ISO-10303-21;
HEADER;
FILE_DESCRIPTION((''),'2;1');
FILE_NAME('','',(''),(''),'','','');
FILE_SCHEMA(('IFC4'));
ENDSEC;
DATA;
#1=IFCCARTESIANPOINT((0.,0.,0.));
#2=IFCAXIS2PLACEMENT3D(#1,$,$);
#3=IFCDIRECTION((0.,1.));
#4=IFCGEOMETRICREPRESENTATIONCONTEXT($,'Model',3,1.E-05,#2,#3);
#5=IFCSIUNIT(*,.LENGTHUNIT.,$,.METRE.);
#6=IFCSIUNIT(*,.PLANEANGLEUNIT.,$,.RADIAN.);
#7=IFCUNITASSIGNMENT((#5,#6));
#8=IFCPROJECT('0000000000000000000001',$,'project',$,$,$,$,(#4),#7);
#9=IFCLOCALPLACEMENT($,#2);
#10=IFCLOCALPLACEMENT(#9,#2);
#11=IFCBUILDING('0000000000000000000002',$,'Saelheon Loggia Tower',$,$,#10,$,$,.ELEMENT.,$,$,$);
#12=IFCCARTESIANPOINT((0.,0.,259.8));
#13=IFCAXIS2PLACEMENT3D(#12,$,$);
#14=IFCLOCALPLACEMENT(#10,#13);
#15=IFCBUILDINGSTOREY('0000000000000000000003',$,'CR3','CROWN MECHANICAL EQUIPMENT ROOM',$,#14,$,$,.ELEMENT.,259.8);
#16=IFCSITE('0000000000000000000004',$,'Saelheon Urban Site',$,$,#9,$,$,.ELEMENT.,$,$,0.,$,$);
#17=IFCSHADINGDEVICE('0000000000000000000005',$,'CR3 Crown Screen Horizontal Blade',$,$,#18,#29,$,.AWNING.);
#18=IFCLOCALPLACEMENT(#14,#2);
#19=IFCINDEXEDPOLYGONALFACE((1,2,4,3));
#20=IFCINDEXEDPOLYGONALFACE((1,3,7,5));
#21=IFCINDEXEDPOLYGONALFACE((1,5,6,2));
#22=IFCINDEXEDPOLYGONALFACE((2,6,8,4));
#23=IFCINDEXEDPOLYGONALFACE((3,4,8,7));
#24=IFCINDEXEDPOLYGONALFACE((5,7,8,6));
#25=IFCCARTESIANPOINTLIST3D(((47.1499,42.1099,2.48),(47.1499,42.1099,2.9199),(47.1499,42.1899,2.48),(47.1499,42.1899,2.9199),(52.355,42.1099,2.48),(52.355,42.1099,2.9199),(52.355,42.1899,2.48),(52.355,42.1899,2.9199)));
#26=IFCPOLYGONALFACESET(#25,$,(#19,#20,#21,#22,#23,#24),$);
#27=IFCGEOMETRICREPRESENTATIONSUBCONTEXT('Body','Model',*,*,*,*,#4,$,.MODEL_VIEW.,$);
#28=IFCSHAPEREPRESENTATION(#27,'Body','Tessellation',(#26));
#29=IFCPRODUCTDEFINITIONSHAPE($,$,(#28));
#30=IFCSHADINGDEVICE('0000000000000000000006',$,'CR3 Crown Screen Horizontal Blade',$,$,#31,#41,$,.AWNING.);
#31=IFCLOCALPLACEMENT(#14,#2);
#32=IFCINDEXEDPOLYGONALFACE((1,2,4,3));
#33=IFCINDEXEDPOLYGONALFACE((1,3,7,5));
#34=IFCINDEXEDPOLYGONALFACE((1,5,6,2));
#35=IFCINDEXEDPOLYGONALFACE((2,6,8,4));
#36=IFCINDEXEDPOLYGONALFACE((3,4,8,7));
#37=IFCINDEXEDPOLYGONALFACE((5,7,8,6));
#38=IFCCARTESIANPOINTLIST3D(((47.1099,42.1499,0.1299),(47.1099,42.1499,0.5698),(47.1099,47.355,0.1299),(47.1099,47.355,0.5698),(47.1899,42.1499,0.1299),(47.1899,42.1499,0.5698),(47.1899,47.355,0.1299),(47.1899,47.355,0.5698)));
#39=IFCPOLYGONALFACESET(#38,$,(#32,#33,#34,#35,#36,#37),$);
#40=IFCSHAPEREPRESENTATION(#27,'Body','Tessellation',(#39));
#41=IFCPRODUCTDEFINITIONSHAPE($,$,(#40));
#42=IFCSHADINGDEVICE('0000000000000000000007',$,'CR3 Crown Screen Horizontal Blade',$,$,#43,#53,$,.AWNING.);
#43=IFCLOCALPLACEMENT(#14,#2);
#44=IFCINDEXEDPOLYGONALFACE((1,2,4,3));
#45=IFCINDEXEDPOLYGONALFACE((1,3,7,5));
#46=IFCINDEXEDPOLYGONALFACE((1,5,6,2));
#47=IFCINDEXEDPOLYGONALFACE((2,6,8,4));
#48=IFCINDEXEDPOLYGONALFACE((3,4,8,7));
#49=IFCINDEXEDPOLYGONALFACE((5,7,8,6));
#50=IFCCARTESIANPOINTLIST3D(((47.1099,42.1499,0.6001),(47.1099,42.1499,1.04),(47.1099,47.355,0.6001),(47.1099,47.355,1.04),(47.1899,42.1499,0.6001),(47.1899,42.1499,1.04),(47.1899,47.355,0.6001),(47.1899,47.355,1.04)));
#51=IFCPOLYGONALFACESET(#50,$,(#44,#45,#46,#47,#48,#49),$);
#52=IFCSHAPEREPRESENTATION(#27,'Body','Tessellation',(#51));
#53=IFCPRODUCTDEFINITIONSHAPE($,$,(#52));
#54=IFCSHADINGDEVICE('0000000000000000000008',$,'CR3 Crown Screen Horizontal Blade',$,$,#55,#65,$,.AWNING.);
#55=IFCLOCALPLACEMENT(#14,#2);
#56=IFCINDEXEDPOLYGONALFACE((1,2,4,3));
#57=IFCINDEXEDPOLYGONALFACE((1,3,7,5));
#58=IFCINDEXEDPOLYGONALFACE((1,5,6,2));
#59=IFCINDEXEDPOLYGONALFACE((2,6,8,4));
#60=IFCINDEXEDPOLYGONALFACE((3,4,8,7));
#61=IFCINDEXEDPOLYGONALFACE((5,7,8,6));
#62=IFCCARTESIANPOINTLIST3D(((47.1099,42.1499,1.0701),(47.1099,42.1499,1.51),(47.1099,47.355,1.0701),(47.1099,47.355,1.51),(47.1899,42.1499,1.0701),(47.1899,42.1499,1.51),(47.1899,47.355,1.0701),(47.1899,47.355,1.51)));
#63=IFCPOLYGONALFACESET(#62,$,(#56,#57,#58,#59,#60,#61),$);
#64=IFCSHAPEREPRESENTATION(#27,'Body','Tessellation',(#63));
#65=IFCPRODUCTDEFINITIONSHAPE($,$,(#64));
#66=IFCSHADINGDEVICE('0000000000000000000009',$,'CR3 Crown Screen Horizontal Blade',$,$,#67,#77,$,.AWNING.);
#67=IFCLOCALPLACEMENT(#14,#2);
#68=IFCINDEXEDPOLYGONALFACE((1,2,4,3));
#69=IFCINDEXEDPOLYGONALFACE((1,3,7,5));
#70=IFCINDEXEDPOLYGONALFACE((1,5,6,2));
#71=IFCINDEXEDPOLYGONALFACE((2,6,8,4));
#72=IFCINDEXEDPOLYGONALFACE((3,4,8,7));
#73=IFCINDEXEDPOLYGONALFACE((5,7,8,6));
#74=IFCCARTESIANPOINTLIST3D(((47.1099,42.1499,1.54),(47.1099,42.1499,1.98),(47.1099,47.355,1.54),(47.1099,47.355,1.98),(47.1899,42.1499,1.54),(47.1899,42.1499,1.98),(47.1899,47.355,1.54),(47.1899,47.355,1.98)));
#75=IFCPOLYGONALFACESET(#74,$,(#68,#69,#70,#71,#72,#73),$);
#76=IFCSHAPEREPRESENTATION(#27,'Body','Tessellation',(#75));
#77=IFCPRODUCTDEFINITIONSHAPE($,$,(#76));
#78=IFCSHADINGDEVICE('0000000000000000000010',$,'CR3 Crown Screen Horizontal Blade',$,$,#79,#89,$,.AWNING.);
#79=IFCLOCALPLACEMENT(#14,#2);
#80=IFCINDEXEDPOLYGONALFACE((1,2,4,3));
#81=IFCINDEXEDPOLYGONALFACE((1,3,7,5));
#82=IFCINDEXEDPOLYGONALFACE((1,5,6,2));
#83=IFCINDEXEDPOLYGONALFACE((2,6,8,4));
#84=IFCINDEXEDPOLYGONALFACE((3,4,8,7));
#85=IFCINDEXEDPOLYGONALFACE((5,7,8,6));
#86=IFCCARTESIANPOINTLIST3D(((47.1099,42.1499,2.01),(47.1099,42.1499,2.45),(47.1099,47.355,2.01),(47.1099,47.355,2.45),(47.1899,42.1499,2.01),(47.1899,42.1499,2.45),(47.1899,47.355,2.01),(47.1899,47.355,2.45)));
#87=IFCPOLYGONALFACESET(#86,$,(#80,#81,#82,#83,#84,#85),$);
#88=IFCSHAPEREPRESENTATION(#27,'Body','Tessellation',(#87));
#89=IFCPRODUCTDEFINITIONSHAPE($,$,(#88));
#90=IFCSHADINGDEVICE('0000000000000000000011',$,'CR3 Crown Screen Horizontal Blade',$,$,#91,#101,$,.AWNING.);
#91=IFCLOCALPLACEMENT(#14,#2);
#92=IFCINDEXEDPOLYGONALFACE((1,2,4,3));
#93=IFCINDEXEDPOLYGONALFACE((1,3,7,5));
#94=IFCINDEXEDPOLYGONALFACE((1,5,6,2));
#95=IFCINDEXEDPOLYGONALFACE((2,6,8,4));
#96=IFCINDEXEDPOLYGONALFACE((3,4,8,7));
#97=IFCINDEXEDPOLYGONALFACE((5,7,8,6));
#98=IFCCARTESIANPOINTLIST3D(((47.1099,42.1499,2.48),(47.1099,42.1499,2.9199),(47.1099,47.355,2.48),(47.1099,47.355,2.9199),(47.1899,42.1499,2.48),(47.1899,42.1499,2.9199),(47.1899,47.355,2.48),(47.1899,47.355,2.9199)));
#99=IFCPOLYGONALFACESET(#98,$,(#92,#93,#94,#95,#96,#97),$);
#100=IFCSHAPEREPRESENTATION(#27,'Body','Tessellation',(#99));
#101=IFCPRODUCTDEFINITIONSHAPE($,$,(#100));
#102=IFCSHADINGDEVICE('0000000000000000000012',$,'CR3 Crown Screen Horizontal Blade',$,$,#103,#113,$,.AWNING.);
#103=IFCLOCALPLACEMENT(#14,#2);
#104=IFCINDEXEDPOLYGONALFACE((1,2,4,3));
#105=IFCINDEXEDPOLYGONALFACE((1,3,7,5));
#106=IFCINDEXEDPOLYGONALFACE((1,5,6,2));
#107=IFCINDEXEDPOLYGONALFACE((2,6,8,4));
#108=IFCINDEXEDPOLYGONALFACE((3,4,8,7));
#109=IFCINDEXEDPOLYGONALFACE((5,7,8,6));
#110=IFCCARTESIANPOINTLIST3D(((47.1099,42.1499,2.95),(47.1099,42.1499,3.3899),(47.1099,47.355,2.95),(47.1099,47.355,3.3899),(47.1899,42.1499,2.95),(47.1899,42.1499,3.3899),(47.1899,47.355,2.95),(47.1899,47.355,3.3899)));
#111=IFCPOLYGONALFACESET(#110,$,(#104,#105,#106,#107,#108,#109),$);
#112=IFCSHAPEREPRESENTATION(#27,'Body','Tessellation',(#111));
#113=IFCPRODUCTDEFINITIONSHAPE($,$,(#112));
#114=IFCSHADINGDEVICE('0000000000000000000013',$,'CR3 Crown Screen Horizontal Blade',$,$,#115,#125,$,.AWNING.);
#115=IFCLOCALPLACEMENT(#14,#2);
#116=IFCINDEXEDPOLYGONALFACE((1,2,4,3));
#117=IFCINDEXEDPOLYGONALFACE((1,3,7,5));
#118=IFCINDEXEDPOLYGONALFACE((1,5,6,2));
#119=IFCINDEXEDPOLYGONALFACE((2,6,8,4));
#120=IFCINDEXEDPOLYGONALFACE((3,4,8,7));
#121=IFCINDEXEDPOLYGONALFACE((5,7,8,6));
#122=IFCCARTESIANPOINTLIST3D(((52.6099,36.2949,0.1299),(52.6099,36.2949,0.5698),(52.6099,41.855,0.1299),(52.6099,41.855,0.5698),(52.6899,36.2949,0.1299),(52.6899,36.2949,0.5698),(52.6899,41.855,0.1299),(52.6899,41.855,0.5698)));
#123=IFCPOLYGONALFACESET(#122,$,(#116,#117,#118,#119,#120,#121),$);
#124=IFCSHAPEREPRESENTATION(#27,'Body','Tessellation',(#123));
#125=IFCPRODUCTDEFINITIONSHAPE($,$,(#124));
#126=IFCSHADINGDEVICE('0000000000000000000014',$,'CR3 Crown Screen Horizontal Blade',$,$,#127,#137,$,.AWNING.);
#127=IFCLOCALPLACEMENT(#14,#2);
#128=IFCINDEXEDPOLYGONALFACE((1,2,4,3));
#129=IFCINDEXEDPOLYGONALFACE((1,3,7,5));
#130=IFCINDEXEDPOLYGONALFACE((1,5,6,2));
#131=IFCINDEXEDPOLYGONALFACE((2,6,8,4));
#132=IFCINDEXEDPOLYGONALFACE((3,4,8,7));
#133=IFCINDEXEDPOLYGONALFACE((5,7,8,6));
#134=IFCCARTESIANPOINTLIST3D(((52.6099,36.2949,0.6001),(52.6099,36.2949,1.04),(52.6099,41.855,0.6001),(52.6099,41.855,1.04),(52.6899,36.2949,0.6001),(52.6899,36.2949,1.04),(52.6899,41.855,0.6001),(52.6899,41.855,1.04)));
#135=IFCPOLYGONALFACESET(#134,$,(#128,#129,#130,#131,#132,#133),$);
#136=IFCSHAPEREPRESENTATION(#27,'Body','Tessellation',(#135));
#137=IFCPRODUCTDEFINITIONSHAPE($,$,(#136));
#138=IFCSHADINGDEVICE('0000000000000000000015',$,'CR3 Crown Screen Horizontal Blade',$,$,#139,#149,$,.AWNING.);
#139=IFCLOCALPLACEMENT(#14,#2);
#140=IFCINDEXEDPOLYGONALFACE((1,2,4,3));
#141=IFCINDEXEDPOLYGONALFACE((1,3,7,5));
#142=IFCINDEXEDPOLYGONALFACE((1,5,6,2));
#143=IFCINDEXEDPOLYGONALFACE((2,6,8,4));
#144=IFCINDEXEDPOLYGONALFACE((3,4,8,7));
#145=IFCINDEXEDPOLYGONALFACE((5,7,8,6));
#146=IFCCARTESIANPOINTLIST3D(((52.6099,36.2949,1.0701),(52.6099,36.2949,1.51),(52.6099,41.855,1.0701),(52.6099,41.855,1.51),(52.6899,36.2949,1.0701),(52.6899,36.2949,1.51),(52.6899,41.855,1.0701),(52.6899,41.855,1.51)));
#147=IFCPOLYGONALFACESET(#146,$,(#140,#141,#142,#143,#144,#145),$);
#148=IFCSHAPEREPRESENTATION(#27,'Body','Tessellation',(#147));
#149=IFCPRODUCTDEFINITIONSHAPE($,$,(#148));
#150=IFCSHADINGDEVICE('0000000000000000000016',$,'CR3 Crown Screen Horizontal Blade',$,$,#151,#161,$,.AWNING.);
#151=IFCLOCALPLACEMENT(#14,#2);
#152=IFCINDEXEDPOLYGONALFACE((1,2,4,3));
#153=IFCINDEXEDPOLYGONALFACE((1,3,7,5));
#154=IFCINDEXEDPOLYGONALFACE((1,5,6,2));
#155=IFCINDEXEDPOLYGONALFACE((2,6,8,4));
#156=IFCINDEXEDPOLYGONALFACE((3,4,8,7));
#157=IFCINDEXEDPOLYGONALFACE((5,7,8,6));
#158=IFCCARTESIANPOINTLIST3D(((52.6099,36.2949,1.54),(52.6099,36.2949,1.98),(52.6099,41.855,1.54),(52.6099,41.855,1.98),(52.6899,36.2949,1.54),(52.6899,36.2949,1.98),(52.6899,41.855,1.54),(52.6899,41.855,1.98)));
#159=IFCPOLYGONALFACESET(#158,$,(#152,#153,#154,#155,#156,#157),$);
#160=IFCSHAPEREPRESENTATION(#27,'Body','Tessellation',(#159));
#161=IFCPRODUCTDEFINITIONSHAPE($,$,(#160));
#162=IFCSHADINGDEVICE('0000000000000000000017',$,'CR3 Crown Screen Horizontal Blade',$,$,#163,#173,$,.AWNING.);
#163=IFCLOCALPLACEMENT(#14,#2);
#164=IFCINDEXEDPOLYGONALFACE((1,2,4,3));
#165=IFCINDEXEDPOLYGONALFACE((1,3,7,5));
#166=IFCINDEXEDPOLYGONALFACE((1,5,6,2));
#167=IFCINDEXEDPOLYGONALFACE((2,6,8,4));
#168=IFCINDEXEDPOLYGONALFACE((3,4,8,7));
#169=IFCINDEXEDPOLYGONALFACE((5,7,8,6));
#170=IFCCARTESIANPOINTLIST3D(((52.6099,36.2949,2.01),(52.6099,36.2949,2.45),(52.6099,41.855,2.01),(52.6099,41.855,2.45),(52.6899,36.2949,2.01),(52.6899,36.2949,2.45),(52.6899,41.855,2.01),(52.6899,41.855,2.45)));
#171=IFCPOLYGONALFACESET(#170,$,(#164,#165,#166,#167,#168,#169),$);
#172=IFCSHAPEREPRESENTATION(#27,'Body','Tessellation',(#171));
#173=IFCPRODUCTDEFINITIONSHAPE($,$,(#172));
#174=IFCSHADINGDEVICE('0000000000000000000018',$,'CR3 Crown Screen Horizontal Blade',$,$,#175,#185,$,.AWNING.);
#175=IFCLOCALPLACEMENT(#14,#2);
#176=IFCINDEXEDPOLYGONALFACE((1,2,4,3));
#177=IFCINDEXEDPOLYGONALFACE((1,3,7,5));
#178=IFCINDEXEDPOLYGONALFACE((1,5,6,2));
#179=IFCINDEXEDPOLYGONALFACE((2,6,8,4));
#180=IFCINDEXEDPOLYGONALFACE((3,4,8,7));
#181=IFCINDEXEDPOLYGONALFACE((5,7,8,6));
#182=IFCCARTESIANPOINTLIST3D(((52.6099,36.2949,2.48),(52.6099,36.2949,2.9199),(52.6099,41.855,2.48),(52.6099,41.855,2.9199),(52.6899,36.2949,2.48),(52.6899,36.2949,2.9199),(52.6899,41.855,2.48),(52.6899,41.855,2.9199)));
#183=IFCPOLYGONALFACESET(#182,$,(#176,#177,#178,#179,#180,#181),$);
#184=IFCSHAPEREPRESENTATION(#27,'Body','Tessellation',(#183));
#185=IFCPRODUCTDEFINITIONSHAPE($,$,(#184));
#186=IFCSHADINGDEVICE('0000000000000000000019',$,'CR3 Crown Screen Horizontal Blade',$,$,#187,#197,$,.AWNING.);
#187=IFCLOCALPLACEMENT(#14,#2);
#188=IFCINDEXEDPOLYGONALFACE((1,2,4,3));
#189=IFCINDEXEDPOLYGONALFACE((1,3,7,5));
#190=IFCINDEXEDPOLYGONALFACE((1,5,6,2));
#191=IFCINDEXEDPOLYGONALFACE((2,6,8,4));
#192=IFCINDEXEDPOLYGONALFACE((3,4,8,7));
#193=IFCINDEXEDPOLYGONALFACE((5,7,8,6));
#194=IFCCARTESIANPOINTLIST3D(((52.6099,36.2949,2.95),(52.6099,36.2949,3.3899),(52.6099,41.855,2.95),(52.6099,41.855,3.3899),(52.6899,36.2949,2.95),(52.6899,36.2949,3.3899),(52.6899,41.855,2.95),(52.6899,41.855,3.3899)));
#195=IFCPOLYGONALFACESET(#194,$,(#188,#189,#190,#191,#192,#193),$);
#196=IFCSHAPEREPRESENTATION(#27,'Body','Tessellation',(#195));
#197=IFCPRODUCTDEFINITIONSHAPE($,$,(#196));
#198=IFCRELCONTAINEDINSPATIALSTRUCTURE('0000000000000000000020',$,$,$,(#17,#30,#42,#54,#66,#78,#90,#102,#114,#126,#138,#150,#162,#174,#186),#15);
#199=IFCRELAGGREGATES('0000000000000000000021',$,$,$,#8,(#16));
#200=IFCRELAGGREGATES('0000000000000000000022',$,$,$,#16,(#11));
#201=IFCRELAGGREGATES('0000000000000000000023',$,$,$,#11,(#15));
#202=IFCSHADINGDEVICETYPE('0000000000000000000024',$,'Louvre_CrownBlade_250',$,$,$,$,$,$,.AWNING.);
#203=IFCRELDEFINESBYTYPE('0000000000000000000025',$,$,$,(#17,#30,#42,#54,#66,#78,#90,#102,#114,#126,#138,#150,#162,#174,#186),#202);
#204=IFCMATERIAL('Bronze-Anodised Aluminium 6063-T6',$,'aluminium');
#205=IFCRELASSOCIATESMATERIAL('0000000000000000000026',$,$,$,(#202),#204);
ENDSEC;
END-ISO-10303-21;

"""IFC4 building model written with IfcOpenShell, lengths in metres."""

from ifc_helpers import new_model, si_unit, direction, frame, origin, origin_2d, place, context, subcontext, project, spatial, rectangle, extrude, source, transform, mapped, material, material_profile, profile_set, type_object, element, save


model = new_model("IFC4")

# Units and contexts
model_context = context("Model", 3, precision=1e-05, world=origin(), true_north=direction((0.0, 1.0)))
body_context = subcontext(model_context, "Body", "Model", "MODEL_VIEW")
ifc_project = project(units=[si_unit("LENGTHUNIT", "METRE"), si_unit("PLANEANGLEUNIT", "RADIAN")], contexts=[model_context])

# Site, building, storey
site_placement = place(None, origin())
site = spatial("IfcSite", under=ifc_project, at=site_placement, Name="Saelheon Urban Site", CompositionType="ELEMENT", RefElevation=0.0)
building_placement = place(site_placement, origin())
building = spatial("IfcBuilding", under=site, at=building_placement, Name="Saelheon Loggia Tower", CompositionType="ELEMENT")
storey_placement = place(building_placement, frame((0.0, 0.0, 259.8)))
storey = spatial("IfcBuildingStorey", under=building, at=storey_placement, Name="CR3", Description="CROWN MECHANICAL EQUIPMENT ROOM", CompositionType="ELEMENT", Elevation=259.8)

# Shared definitions
ifc_material_1 = material(Name="Bronze-Anodised Aluminium 6063-T6", Category="aluminium")

# Shading devices
ifc_material_profile_1 = material_profile(ifc_material_1, rectangle(XDim=0.0801, YDim=0.4399, at=origin_2d()), Name="Louvre_CrownBlade_250")
ifc_profile_set_1 = profile_set([ifc_material_profile_1], Name="Bronze-Anodised Aluminium 6063-T6")
shading_device_type = type_object("IfcShadingDeviceType", Name="Louvre_CrownBlade_250", PredefinedType="AWNING", material=ifc_profile_set_1)
shared_shape_1 = source(origin(), body_context, "Body", "SweptSolid", [
    extrude(rectangle(XDim=0.0801, YDim=0.4399, at=origin_2d()), origin(), (0.0, 0.0, 1.0), 5.2051),
])
for number, where, z_axis, x_axis, name in (
    (1, (52.355, 42.1499, 2.7), (-1.0, 0.0, 0.0), (0.0, -1.0, 0.0), "CR3 Crown Screen Horizontal Blade"),
    (2, (47.1499, 42.1499, 0.3499), (0.0, 1.0, 0.0), (-1.0, 0.0, 0.0), "CR3 Crown Screen Horizontal Blade"),
    (3, (47.1499, 42.1499, 0.8201), (0.0, 1.0, 0.0), (-1.0, 0.0, 0.0), "CR3 Crown Screen Horizontal Blade"),
    (4, (47.1499, 42.1499, 1.29), (0.0, 1.0, 0.0), (-1.0, 0.0, 0.0), "CR3 Crown Screen Horizontal Blade"),
    (5, (47.1499, 42.1499, 1.76), (0.0, 1.0, 0.0), (-1.0, 0.0, 0.0), "CR3 Crown Screen Horizontal Blade"),
    (6, (47.1499, 42.1499, 2.23), (0.0, 1.0, 0.0), (-1.0, 0.0, 0.0), "CR3 Crown Screen Horizontal Blade"),
    (7, (47.1499, 42.1499, 2.7), (0.0, 1.0, 0.0), (-1.0, 0.0, 0.0), "CR3 Crown Screen Horizontal Blade"),
    (8, (47.1499, 42.1499, 3.1699), (0.0, 1.0, 0.0), (-1.0, 0.0, 0.0), "CR3 Crown Screen Horizontal Blade"),
):
    element("IfcShadingDevice", number, at=place(storey_placement, frame(where, z_axis=z_axis, x_axis=x_axis)), inside=storey, type_object=shading_device_type, Name=name, PredefinedType="AWNING", context=body_context, shape_type="MappedRepresentation", body=[
        mapped(shared_shape_1, transform((0.0, 0.0, 0.0), scale=1.0)),
    ])
shared_shape_2 = source(origin(), body_context, "Body", "SweptSolid", [
    extrude(rectangle(XDim=0.0801, YDim=0.4399, at=origin_2d()), origin(), (0.0, 0.0, 1.0), 5.5601),
])
for number, where, z_axis, x_axis, name in (
    (9, (52.6499, 36.2949, 0.3499), (0.0, 1.0, 0.0), (-1.0, 0.0, 0.0), "CR3 Crown Screen Horizontal Blade"),
    (10, (52.6499, 36.2949, 0.8201), (0.0, 1.0, 0.0), (-1.0, 0.0, 0.0), "CR3 Crown Screen Horizontal Blade"),
    (11, (52.6499, 36.2949, 1.29), (0.0, 1.0, 0.0), (-1.0, 0.0, 0.0), "CR3 Crown Screen Horizontal Blade"),
    (12, (52.6499, 36.2949, 1.76), (0.0, 1.0, 0.0), (-1.0, 0.0, 0.0), "CR3 Crown Screen Horizontal Blade"),
    (13, (52.6499, 36.2949, 2.23), (0.0, 1.0, 0.0), (-1.0, 0.0, 0.0), "CR3 Crown Screen Horizontal Blade"),
    (14, (52.6499, 36.2949, 2.7), (0.0, 1.0, 0.0), (-1.0, 0.0, 0.0), "CR3 Crown Screen Horizontal Blade"),
    (15, (52.6499, 36.2949, 3.1699), (0.0, 1.0, 0.0), (-1.0, 0.0, 0.0), "CR3 Crown Screen Horizontal Blade"),
):
    element("IfcShadingDevice", number, at=place(storey_placement, frame(where, z_axis=z_axis, x_axis=x_axis)), inside=storey, type_object=shading_device_type, Name=name, PredefinedType="AWNING", context=body_context, shape_type="MappedRepresentation", body=[
        mapped(shared_shape_2, transform((0.0, 0.0, 0.0), scale=1.0)),
    ])

save(model, "model.ifc")
